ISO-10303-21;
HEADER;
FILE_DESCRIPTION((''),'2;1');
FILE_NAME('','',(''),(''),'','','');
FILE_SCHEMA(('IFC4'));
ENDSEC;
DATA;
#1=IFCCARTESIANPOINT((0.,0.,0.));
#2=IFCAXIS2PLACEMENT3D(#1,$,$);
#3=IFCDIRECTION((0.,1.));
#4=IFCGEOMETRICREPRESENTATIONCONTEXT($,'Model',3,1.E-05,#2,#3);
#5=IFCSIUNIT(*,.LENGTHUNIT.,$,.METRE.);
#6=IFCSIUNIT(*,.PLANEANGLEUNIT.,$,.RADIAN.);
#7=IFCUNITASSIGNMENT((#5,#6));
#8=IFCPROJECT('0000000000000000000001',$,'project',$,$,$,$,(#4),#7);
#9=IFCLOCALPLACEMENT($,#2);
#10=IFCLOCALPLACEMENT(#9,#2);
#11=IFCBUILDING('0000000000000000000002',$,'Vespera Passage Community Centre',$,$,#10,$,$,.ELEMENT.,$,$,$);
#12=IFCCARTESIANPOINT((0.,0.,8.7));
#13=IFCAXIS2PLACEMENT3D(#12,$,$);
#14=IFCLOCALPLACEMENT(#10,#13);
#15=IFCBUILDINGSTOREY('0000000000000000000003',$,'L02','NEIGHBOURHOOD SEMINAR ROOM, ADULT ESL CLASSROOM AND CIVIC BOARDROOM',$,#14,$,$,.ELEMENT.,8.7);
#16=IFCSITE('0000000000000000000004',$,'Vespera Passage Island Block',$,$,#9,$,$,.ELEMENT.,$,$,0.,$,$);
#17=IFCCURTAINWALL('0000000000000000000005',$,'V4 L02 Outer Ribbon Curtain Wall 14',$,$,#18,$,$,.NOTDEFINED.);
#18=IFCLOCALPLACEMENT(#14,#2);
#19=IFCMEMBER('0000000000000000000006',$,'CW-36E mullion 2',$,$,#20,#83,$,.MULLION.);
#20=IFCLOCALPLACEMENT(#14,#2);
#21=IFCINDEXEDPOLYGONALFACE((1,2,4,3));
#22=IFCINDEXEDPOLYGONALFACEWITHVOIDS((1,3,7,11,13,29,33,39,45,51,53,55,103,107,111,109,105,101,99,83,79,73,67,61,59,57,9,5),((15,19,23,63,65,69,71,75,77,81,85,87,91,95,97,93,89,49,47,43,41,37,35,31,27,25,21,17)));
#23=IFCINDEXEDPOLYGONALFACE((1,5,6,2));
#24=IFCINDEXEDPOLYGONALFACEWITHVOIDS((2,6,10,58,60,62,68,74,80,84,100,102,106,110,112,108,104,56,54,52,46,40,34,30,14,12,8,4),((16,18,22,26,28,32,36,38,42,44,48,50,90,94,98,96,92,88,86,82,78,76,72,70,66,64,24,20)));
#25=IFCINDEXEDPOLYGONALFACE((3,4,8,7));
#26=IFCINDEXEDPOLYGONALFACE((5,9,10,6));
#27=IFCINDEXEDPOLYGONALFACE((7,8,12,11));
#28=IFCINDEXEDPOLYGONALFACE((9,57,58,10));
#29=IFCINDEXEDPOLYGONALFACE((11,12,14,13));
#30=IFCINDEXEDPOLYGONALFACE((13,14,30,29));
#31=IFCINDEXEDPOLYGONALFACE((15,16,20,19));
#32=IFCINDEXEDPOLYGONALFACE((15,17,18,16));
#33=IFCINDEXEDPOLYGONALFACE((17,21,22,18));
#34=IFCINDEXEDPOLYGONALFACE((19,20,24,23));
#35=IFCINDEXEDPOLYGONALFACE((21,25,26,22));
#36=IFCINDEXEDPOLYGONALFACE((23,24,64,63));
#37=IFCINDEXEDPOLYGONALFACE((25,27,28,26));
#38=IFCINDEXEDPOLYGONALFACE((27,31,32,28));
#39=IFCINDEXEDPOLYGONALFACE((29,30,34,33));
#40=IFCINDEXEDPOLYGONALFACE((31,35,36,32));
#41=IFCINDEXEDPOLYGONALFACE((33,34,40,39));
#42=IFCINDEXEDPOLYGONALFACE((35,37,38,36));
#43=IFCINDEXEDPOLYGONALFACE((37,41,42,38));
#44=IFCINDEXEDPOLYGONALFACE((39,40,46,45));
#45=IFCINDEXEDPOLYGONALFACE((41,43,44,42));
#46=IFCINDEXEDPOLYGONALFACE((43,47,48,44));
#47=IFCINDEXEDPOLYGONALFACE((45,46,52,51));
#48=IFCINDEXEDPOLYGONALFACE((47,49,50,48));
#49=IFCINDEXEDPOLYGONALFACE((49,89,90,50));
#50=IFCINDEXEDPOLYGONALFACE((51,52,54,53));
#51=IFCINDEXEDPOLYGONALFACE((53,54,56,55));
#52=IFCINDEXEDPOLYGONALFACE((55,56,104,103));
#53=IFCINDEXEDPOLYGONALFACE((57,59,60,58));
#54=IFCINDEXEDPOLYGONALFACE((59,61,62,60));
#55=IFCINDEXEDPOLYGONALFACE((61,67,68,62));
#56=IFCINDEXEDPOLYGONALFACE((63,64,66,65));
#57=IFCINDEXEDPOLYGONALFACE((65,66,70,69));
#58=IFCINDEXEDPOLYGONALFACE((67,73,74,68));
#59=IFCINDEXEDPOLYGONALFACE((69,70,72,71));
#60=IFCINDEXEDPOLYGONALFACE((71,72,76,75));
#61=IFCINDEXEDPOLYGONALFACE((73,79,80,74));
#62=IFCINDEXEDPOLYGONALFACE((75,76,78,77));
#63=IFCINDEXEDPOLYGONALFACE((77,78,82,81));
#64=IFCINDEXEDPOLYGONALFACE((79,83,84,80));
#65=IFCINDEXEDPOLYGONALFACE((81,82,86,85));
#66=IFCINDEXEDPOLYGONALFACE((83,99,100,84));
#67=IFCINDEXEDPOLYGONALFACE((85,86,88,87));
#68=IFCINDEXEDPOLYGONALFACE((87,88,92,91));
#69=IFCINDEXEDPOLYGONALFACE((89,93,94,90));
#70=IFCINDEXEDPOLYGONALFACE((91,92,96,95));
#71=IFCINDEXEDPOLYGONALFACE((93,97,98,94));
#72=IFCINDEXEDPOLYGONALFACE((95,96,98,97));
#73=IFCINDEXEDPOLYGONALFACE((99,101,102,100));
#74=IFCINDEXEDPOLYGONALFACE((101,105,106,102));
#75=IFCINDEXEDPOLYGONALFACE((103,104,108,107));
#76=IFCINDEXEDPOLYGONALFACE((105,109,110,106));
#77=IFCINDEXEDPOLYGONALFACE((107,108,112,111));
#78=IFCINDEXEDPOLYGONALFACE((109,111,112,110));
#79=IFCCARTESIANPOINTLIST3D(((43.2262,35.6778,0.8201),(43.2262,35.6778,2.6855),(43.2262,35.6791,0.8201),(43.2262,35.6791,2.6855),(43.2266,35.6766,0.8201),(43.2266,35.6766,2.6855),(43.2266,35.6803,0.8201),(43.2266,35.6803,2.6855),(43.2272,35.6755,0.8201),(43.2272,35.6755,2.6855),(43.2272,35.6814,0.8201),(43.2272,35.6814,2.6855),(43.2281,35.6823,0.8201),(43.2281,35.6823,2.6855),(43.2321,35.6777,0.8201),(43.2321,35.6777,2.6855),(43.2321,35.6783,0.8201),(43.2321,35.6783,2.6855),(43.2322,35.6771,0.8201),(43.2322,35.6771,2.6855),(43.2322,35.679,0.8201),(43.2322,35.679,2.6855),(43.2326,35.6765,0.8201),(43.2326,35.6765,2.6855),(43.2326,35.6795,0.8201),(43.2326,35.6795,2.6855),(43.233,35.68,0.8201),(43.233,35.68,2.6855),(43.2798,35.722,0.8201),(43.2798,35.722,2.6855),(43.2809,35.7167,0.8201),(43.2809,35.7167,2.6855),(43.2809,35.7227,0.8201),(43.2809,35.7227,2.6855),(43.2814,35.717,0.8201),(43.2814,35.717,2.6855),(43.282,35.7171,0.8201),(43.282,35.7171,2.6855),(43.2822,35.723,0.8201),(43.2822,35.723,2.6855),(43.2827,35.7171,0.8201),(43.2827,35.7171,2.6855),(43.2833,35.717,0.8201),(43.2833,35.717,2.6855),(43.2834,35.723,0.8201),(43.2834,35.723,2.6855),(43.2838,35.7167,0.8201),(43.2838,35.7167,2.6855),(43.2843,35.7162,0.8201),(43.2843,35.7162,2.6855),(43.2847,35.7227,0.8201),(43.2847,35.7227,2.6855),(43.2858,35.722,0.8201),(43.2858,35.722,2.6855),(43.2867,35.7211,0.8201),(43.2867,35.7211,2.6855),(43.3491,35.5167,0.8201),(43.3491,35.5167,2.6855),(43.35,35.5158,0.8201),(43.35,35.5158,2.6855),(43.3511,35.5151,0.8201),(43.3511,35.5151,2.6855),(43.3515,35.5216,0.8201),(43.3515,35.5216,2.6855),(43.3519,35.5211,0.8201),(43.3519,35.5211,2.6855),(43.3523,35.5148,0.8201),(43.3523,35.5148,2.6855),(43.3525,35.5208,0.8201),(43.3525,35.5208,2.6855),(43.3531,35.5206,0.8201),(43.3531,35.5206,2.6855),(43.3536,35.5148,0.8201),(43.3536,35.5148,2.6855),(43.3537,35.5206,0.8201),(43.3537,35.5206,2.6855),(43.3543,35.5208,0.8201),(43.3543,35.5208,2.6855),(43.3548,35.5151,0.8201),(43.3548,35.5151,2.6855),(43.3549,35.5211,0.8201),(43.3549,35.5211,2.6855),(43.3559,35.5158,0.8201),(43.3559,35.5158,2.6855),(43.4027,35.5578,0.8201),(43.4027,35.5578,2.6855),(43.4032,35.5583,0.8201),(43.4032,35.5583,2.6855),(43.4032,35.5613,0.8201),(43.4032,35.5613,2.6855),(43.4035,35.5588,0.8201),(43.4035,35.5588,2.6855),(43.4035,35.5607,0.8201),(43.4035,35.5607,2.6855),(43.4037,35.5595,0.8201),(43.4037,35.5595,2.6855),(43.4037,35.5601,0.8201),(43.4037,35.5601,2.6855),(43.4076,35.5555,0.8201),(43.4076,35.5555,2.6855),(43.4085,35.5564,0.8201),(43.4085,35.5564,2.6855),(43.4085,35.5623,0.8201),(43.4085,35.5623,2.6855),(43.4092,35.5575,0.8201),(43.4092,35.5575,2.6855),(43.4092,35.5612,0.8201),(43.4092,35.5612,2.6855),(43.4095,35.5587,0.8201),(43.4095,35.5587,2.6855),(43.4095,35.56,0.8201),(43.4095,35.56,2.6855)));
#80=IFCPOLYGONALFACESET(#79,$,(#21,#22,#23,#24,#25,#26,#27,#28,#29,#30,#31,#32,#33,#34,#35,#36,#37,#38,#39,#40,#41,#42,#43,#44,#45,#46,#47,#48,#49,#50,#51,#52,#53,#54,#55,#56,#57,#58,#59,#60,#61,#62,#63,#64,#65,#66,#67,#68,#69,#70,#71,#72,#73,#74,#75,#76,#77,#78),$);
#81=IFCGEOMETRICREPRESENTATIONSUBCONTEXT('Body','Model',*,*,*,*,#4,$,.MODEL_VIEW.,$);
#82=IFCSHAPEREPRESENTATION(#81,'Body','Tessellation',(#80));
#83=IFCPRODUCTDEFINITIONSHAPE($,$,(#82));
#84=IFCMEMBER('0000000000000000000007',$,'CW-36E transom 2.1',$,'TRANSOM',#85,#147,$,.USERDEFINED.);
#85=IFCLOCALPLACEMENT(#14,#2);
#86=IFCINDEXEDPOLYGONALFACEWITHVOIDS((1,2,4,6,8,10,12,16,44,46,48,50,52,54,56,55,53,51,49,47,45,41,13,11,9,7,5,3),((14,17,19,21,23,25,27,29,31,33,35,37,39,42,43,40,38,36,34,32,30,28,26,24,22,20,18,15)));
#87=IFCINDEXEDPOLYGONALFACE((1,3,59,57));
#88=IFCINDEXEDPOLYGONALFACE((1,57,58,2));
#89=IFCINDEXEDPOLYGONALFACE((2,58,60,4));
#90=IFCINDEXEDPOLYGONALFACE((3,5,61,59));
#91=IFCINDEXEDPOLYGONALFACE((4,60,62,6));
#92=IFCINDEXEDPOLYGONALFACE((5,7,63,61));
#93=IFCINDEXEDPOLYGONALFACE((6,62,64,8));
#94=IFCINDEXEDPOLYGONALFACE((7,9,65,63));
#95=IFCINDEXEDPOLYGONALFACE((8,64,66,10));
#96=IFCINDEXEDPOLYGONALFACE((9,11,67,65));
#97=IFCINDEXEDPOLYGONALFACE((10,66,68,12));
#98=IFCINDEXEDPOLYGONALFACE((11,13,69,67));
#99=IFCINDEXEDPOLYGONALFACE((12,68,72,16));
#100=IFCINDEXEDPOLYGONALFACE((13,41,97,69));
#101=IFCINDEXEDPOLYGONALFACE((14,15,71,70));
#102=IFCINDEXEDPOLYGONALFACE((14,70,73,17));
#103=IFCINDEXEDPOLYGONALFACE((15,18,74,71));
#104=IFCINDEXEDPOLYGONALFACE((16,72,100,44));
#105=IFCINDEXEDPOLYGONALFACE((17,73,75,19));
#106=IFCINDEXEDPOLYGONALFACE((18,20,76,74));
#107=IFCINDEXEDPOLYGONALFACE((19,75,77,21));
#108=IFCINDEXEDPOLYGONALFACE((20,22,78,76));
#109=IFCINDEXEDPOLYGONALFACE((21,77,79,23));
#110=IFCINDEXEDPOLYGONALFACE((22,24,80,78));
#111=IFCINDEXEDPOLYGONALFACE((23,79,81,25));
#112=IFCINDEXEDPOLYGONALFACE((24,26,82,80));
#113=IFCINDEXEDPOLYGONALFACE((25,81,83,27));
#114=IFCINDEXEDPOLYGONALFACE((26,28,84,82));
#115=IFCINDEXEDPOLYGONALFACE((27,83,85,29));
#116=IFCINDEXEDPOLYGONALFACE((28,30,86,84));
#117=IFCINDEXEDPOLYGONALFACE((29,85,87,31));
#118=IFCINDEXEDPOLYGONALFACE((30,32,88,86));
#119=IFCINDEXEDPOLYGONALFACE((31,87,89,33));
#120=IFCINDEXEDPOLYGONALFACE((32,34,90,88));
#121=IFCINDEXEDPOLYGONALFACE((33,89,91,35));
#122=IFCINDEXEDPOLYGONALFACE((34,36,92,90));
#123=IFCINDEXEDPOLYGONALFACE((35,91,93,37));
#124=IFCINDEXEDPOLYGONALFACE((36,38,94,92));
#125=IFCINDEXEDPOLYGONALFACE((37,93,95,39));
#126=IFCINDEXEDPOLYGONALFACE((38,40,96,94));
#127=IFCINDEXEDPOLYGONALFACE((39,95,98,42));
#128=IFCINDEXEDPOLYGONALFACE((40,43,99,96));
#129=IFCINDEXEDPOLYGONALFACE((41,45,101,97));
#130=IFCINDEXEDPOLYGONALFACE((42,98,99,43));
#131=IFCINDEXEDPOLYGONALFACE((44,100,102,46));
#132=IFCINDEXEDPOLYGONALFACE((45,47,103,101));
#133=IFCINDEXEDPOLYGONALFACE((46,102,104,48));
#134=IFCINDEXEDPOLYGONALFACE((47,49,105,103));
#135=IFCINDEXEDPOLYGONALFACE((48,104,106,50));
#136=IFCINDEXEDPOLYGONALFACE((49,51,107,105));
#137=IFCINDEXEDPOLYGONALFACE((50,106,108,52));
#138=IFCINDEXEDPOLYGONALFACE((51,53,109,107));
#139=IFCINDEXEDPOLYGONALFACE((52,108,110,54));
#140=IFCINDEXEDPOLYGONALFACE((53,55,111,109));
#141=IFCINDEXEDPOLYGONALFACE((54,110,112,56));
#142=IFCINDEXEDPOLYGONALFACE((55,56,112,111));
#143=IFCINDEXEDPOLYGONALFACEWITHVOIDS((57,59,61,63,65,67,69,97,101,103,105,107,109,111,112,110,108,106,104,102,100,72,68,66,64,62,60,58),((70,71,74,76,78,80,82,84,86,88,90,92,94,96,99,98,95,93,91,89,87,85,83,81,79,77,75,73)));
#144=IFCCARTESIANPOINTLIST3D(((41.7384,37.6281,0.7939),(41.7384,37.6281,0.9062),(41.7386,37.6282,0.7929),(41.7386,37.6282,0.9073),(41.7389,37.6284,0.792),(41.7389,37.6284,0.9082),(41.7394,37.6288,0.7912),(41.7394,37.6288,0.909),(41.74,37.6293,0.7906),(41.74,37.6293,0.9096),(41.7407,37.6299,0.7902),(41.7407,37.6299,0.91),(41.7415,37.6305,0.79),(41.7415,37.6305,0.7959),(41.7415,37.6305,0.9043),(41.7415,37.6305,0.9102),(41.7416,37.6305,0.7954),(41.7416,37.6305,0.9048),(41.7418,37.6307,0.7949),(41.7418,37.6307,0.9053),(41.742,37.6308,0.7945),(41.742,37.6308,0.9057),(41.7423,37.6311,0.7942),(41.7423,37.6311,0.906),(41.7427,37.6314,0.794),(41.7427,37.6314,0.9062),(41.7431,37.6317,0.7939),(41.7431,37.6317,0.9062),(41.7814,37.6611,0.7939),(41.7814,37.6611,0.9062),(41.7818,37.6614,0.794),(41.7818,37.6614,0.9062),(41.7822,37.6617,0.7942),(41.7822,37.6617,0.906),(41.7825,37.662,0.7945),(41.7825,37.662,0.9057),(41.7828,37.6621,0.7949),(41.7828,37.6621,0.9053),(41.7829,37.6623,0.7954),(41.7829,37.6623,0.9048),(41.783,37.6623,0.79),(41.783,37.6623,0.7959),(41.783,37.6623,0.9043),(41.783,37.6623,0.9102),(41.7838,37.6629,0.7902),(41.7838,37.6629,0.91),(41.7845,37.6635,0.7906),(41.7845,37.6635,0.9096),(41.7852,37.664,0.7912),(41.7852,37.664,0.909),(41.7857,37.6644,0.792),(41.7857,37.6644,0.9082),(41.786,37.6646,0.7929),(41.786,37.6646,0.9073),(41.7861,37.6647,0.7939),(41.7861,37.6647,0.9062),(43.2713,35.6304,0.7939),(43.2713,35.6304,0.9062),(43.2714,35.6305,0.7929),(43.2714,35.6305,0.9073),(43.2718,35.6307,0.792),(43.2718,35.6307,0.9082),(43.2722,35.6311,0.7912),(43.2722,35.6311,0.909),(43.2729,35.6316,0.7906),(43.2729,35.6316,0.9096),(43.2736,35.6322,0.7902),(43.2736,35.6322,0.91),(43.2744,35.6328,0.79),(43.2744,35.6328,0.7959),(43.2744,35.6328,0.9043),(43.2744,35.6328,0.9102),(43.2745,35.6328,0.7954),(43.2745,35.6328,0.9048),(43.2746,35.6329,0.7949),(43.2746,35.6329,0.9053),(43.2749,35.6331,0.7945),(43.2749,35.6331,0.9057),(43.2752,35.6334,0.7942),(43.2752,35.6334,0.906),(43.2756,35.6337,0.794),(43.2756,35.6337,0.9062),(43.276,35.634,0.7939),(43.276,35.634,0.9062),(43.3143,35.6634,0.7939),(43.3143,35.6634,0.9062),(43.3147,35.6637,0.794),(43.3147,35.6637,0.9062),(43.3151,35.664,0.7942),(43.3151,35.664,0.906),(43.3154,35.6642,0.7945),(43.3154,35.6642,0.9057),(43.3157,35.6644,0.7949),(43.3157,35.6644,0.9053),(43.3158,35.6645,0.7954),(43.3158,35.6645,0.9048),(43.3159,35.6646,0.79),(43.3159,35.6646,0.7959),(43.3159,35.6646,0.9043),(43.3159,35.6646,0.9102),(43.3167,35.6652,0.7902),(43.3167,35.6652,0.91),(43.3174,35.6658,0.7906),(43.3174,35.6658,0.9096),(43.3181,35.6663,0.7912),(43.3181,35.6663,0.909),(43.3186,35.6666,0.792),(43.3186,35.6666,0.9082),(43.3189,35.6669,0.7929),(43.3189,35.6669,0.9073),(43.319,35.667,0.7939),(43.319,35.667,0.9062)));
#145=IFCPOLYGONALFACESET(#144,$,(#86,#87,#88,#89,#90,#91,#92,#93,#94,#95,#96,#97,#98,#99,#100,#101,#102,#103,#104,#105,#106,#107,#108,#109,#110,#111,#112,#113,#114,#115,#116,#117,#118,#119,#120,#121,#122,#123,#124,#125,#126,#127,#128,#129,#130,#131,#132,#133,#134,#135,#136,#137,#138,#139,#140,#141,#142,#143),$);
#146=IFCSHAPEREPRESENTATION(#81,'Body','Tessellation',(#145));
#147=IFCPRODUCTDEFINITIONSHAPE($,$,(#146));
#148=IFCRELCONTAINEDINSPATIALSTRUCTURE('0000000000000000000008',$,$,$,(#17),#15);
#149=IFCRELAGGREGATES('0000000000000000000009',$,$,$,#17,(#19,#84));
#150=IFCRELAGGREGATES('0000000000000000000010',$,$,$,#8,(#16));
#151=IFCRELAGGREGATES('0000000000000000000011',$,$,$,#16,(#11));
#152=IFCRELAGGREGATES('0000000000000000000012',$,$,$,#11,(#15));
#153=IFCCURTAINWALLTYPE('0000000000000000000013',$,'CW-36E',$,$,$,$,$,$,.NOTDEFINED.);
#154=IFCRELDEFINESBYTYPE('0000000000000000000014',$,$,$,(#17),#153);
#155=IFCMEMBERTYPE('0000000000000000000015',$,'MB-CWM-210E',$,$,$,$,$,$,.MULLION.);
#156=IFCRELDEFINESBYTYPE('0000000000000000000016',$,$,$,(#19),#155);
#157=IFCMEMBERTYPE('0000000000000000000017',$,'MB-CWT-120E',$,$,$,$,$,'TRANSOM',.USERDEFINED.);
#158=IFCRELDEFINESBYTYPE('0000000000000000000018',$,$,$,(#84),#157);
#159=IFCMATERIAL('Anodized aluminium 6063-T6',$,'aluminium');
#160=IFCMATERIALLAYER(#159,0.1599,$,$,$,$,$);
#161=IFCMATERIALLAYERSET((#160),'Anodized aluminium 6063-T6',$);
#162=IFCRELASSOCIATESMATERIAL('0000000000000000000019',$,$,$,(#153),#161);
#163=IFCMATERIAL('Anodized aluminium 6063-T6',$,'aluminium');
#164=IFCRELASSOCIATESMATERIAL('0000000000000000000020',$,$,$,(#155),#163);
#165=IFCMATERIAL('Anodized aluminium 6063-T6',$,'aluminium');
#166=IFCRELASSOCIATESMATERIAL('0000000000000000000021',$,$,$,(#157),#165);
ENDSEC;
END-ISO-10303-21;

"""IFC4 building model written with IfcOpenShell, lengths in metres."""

from ifc_helpers import new_model, si_unit, direction, frame, origin, origin_2d, place, context, subcontext, project, spatial, hollow_rectangle, extrude, material, layer, layer_set, material_profile, profile_set, type_object, element, aggregate, save


model = new_model("IFC4")

# Units and contexts
model_context = context("Model", 3, precision=1e-05, world=origin(), true_north=direction((0.0, 1.0)))
body_context = subcontext(model_context, "Body", "Model", "MODEL_VIEW")
ifc_project = project(units=[si_unit("LENGTHUNIT", "METRE"), si_unit("PLANEANGLEUNIT", "RADIAN")], contexts=[model_context])

# Site, building, storey
site_placement = place(None, origin())
site = spatial("IfcSite", under=ifc_project, at=site_placement, Name="Vespera Passage Island Block", CompositionType="ELEMENT", RefElevation=0.0)
building_placement = place(site_placement, origin())
building = spatial("IfcBuilding", under=site, at=building_placement, Name="Vespera Passage Community Centre", CompositionType="ELEMENT")
storey_placement = place(building_placement, frame((0.0, 0.0, 8.7)))
storey = spatial("IfcBuildingStorey", under=building, at=storey_placement, Name="L02", Description="NEIGHBOURHOOD SEMINAR ROOM, ADULT ESL CLASSROOM AND CIVIC BOARDROOM", CompositionType="ELEMENT", Elevation=8.7)

# Curtain wall, members
ifc_material_1 = material(Name="Anodized aluminium 6063-T6", Category="aluminium")
ifc_layer_1 = layer(ifc_material_1, 0.1599)
ifc_layer_set_1 = layer_set([ifc_layer_1], Name="Anodized aluminium 6063-T6")
curtain_wall_type = type_object("IfcCurtainWallType", Name="CW-36E", PredefinedType="NOTDEFINED", material=ifc_layer_set_1)
curtain_wall_placement = place(storey_placement, origin())
curtain_wall = element("IfcCurtainWall", 1, at=curtain_wall_placement, inside=storey, type_object=curtain_wall_type, Name="V4 L02 Outer Ribbon Curtain Wall 14", PredefinedType="NOTDEFINED")
ifc_material_2 = material(Name="Anodized aluminium 6063-T6", Category="aluminium")
ifc_material_profile_1 = material_profile(ifc_material_2, hollow_rectangle(XDim=0.075, YDim=0.21, WallThickness=0.0049, InnerFilletRadius=0.0024, OuterFilletRadius=0.0049, at=origin_2d()), Name="ALU210X75X5")
ifc_profile_set_1 = profile_set([ifc_material_profile_1], Name="Anodized aluminium 6063-T6")
member_type_1 = type_object("IfcMemberType", Name="MB-CWM-210E", PredefinedType="MULLION", material=ifc_profile_set_1)
member_1_placement = place(storey_placement, frame((43.3179, 35.6189, 0.8201), z_axis=(0.0, 0.0, 1.0), x_axis=(-0.79335, -0.608765, 0.0)))
member_1 = element("IfcMember", 2, at=member_1_placement, type_object=member_type_1, Name="CW-36E mullion 2", PredefinedType="MULLION", context=body_context, shape_type="SweptSolid", body=[
    extrude(hollow_rectangle(XDim=0.075, YDim=0.21, WallThickness=0.0049, InnerFilletRadius=0.0024, OuterFilletRadius=0.0049, at=origin_2d()), origin(), (0.0, 0.0, 1.0), 1.8655),
])
ifc_material_3 = material(Name="Anodized aluminium 6063-T6", Category="aluminium")
ifc_material_profile_2 = material_profile(ifc_material_3, hollow_rectangle(XDim=0.0601, YDim=0.1201, WallThickness=0.0039, InnerFilletRadius=0.002, OuterFilletRadius=0.0039, at=origin_2d()), Name="ALU120X60X4")
ifc_profile_set_2 = profile_set([ifc_material_profile_2], Name="Anodized aluminium 6063-T6")
member_type_2 = type_object("IfcMemberType", Name="MB-CWT-120E", ElementType="TRANSOM", PredefinedType="USERDEFINED", material=ifc_profile_set_2)
member_2_placement = place(storey_placement, frame((43.2952, 35.6487, 0.8501), z_axis=(-0.608759, 0.793355, 0.0), x_axis=(-0.793355, -0.608759, 0.0)))
member_2 = element("IfcMember", 3, at=member_2_placement, type_object=member_type_2, Name="CW-36E transom 2.1", ObjectType="TRANSOM", PredefinedType="USERDEFINED", context=body_context, shape_type="SweptSolid", body=[
    extrude(hollow_rectangle(XDim=0.0601, YDim=0.1201, WallThickness=0.0039, InnerFilletRadius=0.002, OuterFilletRadius=0.0039, at=origin_2d()), origin(), (0.0, 0.0, 1.0), 2.5181),
])

aggregate(curtain_wall, [member_1, member_2])

save(model, "model.ifc")
